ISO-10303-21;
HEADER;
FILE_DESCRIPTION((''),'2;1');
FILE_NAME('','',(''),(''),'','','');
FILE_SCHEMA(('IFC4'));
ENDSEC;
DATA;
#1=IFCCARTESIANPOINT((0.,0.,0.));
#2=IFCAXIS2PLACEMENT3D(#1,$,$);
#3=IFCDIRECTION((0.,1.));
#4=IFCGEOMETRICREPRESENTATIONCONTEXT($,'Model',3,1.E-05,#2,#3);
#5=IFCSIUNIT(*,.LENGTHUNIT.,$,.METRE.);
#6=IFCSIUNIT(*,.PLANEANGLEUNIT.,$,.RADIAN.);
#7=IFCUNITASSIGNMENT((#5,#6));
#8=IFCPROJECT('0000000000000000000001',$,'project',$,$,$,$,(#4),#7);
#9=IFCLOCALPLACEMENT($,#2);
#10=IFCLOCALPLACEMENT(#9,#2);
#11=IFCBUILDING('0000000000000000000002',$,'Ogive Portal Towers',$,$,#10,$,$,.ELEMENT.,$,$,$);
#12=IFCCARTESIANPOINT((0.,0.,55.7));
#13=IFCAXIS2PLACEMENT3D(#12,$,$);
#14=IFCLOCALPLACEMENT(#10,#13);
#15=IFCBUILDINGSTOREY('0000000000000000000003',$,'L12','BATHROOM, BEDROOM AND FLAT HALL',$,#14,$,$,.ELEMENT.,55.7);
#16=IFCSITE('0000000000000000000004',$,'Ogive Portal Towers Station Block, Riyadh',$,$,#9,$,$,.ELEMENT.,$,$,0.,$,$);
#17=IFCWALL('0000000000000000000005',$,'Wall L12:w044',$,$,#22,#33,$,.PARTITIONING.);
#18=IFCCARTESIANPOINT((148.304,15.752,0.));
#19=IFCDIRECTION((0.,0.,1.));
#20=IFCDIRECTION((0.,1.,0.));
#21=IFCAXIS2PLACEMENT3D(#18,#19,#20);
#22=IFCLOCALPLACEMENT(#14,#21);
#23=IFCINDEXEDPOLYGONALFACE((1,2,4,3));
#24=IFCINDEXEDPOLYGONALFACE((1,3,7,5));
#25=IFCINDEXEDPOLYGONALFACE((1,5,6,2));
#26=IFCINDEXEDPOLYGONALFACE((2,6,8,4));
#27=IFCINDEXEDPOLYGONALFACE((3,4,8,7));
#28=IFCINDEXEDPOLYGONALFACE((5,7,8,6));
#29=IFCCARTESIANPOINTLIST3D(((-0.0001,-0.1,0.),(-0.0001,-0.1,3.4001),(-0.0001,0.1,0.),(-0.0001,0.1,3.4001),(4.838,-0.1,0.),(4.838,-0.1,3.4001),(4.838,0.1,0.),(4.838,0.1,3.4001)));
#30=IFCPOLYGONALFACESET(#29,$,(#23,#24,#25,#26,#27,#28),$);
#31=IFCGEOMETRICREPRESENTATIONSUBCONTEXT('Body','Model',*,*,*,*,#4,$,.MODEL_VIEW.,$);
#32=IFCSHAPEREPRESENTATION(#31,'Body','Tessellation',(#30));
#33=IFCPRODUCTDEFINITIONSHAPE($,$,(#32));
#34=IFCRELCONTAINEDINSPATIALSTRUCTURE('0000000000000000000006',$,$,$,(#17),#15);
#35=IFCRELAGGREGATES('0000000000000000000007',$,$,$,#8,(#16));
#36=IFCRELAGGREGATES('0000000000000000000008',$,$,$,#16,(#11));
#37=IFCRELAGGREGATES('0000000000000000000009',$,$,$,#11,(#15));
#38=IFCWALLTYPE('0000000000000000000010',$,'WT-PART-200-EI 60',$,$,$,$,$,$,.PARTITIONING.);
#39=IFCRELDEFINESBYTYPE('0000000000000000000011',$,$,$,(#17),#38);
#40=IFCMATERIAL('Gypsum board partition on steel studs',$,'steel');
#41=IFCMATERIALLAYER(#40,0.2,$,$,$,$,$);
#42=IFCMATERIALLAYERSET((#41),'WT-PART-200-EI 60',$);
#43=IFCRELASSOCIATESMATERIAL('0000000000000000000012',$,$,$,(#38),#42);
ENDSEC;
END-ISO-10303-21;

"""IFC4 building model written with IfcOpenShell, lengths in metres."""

from ifc_helpers import new_model, si_unit, direction, frame, frame_2d, origin, place, context, subcontext, project, spatial, rectangle, extrude, material, layer, layer_set, type_object, element, save


model = new_model("IFC4")

# Units and contexts
model_context = context("Model", 3, precision=1e-05, world=origin(), true_north=direction((0.0, 1.0)))
body_context = subcontext(model_context, "Body", "Model", "MODEL_VIEW")
ifc_project = project(units=[si_unit("LENGTHUNIT", "METRE"), si_unit("PLANEANGLEUNIT", "RADIAN")], contexts=[model_context])

# Site, building, storey
site_placement = place(None, origin())
site = spatial("IfcSite", under=ifc_project, at=site_placement, Name="Ogive Portal Towers Station Block, Riyadh", CompositionType="ELEMENT", RefElevation=0.0)
building_placement = place(site_placement, origin())
building = spatial("IfcBuilding", under=site, at=building_placement, Name="Ogive Portal Towers", CompositionType="ELEMENT")
storey_placement = place(building_placement, frame((0.0, 0.0, 55.7)))
storey = spatial("IfcBuildingStorey", under=building, at=storey_placement, Name="L12", Description="BATHROOM, BEDROOM AND FLAT HALL", CompositionType="ELEMENT", Elevation=55.7)

# Wall
ifc_material_1 = material(Name="Gypsum board partition on steel studs", Category="steel")
ifc_layer_1 = layer(ifc_material_1, 0.2)
ifc_layer_set_1 = layer_set([ifc_layer_1], Name="WT-PART-200-EI 60")
wall_type_1 = type_object("IfcWallType", Name="WT-PART-200-EI 60", PredefinedType="PARTITIONING", material=ifc_layer_set_1)
wall_1_placement = place(storey_placement, frame((148.304, 15.752, 0.0), z_axis=(0.0, 0.0, 1.0), x_axis=(0.0, 1.0, 0.0)))
element("IfcWall", 1, at=wall_1_placement, inside=storey, type_object=wall_type_1, Name="Wall L12:w044", PredefinedType="PARTITIONING", context=body_context, shape_type="SweptSolid", body=[
    extrude(rectangle(XDim=4.8381, YDim=0.2, at=frame_2d((2.4189, 0.0))), origin(), (0.0, 0.0, 1.0), 3.4001),
])

save(model, "model.ifc")
